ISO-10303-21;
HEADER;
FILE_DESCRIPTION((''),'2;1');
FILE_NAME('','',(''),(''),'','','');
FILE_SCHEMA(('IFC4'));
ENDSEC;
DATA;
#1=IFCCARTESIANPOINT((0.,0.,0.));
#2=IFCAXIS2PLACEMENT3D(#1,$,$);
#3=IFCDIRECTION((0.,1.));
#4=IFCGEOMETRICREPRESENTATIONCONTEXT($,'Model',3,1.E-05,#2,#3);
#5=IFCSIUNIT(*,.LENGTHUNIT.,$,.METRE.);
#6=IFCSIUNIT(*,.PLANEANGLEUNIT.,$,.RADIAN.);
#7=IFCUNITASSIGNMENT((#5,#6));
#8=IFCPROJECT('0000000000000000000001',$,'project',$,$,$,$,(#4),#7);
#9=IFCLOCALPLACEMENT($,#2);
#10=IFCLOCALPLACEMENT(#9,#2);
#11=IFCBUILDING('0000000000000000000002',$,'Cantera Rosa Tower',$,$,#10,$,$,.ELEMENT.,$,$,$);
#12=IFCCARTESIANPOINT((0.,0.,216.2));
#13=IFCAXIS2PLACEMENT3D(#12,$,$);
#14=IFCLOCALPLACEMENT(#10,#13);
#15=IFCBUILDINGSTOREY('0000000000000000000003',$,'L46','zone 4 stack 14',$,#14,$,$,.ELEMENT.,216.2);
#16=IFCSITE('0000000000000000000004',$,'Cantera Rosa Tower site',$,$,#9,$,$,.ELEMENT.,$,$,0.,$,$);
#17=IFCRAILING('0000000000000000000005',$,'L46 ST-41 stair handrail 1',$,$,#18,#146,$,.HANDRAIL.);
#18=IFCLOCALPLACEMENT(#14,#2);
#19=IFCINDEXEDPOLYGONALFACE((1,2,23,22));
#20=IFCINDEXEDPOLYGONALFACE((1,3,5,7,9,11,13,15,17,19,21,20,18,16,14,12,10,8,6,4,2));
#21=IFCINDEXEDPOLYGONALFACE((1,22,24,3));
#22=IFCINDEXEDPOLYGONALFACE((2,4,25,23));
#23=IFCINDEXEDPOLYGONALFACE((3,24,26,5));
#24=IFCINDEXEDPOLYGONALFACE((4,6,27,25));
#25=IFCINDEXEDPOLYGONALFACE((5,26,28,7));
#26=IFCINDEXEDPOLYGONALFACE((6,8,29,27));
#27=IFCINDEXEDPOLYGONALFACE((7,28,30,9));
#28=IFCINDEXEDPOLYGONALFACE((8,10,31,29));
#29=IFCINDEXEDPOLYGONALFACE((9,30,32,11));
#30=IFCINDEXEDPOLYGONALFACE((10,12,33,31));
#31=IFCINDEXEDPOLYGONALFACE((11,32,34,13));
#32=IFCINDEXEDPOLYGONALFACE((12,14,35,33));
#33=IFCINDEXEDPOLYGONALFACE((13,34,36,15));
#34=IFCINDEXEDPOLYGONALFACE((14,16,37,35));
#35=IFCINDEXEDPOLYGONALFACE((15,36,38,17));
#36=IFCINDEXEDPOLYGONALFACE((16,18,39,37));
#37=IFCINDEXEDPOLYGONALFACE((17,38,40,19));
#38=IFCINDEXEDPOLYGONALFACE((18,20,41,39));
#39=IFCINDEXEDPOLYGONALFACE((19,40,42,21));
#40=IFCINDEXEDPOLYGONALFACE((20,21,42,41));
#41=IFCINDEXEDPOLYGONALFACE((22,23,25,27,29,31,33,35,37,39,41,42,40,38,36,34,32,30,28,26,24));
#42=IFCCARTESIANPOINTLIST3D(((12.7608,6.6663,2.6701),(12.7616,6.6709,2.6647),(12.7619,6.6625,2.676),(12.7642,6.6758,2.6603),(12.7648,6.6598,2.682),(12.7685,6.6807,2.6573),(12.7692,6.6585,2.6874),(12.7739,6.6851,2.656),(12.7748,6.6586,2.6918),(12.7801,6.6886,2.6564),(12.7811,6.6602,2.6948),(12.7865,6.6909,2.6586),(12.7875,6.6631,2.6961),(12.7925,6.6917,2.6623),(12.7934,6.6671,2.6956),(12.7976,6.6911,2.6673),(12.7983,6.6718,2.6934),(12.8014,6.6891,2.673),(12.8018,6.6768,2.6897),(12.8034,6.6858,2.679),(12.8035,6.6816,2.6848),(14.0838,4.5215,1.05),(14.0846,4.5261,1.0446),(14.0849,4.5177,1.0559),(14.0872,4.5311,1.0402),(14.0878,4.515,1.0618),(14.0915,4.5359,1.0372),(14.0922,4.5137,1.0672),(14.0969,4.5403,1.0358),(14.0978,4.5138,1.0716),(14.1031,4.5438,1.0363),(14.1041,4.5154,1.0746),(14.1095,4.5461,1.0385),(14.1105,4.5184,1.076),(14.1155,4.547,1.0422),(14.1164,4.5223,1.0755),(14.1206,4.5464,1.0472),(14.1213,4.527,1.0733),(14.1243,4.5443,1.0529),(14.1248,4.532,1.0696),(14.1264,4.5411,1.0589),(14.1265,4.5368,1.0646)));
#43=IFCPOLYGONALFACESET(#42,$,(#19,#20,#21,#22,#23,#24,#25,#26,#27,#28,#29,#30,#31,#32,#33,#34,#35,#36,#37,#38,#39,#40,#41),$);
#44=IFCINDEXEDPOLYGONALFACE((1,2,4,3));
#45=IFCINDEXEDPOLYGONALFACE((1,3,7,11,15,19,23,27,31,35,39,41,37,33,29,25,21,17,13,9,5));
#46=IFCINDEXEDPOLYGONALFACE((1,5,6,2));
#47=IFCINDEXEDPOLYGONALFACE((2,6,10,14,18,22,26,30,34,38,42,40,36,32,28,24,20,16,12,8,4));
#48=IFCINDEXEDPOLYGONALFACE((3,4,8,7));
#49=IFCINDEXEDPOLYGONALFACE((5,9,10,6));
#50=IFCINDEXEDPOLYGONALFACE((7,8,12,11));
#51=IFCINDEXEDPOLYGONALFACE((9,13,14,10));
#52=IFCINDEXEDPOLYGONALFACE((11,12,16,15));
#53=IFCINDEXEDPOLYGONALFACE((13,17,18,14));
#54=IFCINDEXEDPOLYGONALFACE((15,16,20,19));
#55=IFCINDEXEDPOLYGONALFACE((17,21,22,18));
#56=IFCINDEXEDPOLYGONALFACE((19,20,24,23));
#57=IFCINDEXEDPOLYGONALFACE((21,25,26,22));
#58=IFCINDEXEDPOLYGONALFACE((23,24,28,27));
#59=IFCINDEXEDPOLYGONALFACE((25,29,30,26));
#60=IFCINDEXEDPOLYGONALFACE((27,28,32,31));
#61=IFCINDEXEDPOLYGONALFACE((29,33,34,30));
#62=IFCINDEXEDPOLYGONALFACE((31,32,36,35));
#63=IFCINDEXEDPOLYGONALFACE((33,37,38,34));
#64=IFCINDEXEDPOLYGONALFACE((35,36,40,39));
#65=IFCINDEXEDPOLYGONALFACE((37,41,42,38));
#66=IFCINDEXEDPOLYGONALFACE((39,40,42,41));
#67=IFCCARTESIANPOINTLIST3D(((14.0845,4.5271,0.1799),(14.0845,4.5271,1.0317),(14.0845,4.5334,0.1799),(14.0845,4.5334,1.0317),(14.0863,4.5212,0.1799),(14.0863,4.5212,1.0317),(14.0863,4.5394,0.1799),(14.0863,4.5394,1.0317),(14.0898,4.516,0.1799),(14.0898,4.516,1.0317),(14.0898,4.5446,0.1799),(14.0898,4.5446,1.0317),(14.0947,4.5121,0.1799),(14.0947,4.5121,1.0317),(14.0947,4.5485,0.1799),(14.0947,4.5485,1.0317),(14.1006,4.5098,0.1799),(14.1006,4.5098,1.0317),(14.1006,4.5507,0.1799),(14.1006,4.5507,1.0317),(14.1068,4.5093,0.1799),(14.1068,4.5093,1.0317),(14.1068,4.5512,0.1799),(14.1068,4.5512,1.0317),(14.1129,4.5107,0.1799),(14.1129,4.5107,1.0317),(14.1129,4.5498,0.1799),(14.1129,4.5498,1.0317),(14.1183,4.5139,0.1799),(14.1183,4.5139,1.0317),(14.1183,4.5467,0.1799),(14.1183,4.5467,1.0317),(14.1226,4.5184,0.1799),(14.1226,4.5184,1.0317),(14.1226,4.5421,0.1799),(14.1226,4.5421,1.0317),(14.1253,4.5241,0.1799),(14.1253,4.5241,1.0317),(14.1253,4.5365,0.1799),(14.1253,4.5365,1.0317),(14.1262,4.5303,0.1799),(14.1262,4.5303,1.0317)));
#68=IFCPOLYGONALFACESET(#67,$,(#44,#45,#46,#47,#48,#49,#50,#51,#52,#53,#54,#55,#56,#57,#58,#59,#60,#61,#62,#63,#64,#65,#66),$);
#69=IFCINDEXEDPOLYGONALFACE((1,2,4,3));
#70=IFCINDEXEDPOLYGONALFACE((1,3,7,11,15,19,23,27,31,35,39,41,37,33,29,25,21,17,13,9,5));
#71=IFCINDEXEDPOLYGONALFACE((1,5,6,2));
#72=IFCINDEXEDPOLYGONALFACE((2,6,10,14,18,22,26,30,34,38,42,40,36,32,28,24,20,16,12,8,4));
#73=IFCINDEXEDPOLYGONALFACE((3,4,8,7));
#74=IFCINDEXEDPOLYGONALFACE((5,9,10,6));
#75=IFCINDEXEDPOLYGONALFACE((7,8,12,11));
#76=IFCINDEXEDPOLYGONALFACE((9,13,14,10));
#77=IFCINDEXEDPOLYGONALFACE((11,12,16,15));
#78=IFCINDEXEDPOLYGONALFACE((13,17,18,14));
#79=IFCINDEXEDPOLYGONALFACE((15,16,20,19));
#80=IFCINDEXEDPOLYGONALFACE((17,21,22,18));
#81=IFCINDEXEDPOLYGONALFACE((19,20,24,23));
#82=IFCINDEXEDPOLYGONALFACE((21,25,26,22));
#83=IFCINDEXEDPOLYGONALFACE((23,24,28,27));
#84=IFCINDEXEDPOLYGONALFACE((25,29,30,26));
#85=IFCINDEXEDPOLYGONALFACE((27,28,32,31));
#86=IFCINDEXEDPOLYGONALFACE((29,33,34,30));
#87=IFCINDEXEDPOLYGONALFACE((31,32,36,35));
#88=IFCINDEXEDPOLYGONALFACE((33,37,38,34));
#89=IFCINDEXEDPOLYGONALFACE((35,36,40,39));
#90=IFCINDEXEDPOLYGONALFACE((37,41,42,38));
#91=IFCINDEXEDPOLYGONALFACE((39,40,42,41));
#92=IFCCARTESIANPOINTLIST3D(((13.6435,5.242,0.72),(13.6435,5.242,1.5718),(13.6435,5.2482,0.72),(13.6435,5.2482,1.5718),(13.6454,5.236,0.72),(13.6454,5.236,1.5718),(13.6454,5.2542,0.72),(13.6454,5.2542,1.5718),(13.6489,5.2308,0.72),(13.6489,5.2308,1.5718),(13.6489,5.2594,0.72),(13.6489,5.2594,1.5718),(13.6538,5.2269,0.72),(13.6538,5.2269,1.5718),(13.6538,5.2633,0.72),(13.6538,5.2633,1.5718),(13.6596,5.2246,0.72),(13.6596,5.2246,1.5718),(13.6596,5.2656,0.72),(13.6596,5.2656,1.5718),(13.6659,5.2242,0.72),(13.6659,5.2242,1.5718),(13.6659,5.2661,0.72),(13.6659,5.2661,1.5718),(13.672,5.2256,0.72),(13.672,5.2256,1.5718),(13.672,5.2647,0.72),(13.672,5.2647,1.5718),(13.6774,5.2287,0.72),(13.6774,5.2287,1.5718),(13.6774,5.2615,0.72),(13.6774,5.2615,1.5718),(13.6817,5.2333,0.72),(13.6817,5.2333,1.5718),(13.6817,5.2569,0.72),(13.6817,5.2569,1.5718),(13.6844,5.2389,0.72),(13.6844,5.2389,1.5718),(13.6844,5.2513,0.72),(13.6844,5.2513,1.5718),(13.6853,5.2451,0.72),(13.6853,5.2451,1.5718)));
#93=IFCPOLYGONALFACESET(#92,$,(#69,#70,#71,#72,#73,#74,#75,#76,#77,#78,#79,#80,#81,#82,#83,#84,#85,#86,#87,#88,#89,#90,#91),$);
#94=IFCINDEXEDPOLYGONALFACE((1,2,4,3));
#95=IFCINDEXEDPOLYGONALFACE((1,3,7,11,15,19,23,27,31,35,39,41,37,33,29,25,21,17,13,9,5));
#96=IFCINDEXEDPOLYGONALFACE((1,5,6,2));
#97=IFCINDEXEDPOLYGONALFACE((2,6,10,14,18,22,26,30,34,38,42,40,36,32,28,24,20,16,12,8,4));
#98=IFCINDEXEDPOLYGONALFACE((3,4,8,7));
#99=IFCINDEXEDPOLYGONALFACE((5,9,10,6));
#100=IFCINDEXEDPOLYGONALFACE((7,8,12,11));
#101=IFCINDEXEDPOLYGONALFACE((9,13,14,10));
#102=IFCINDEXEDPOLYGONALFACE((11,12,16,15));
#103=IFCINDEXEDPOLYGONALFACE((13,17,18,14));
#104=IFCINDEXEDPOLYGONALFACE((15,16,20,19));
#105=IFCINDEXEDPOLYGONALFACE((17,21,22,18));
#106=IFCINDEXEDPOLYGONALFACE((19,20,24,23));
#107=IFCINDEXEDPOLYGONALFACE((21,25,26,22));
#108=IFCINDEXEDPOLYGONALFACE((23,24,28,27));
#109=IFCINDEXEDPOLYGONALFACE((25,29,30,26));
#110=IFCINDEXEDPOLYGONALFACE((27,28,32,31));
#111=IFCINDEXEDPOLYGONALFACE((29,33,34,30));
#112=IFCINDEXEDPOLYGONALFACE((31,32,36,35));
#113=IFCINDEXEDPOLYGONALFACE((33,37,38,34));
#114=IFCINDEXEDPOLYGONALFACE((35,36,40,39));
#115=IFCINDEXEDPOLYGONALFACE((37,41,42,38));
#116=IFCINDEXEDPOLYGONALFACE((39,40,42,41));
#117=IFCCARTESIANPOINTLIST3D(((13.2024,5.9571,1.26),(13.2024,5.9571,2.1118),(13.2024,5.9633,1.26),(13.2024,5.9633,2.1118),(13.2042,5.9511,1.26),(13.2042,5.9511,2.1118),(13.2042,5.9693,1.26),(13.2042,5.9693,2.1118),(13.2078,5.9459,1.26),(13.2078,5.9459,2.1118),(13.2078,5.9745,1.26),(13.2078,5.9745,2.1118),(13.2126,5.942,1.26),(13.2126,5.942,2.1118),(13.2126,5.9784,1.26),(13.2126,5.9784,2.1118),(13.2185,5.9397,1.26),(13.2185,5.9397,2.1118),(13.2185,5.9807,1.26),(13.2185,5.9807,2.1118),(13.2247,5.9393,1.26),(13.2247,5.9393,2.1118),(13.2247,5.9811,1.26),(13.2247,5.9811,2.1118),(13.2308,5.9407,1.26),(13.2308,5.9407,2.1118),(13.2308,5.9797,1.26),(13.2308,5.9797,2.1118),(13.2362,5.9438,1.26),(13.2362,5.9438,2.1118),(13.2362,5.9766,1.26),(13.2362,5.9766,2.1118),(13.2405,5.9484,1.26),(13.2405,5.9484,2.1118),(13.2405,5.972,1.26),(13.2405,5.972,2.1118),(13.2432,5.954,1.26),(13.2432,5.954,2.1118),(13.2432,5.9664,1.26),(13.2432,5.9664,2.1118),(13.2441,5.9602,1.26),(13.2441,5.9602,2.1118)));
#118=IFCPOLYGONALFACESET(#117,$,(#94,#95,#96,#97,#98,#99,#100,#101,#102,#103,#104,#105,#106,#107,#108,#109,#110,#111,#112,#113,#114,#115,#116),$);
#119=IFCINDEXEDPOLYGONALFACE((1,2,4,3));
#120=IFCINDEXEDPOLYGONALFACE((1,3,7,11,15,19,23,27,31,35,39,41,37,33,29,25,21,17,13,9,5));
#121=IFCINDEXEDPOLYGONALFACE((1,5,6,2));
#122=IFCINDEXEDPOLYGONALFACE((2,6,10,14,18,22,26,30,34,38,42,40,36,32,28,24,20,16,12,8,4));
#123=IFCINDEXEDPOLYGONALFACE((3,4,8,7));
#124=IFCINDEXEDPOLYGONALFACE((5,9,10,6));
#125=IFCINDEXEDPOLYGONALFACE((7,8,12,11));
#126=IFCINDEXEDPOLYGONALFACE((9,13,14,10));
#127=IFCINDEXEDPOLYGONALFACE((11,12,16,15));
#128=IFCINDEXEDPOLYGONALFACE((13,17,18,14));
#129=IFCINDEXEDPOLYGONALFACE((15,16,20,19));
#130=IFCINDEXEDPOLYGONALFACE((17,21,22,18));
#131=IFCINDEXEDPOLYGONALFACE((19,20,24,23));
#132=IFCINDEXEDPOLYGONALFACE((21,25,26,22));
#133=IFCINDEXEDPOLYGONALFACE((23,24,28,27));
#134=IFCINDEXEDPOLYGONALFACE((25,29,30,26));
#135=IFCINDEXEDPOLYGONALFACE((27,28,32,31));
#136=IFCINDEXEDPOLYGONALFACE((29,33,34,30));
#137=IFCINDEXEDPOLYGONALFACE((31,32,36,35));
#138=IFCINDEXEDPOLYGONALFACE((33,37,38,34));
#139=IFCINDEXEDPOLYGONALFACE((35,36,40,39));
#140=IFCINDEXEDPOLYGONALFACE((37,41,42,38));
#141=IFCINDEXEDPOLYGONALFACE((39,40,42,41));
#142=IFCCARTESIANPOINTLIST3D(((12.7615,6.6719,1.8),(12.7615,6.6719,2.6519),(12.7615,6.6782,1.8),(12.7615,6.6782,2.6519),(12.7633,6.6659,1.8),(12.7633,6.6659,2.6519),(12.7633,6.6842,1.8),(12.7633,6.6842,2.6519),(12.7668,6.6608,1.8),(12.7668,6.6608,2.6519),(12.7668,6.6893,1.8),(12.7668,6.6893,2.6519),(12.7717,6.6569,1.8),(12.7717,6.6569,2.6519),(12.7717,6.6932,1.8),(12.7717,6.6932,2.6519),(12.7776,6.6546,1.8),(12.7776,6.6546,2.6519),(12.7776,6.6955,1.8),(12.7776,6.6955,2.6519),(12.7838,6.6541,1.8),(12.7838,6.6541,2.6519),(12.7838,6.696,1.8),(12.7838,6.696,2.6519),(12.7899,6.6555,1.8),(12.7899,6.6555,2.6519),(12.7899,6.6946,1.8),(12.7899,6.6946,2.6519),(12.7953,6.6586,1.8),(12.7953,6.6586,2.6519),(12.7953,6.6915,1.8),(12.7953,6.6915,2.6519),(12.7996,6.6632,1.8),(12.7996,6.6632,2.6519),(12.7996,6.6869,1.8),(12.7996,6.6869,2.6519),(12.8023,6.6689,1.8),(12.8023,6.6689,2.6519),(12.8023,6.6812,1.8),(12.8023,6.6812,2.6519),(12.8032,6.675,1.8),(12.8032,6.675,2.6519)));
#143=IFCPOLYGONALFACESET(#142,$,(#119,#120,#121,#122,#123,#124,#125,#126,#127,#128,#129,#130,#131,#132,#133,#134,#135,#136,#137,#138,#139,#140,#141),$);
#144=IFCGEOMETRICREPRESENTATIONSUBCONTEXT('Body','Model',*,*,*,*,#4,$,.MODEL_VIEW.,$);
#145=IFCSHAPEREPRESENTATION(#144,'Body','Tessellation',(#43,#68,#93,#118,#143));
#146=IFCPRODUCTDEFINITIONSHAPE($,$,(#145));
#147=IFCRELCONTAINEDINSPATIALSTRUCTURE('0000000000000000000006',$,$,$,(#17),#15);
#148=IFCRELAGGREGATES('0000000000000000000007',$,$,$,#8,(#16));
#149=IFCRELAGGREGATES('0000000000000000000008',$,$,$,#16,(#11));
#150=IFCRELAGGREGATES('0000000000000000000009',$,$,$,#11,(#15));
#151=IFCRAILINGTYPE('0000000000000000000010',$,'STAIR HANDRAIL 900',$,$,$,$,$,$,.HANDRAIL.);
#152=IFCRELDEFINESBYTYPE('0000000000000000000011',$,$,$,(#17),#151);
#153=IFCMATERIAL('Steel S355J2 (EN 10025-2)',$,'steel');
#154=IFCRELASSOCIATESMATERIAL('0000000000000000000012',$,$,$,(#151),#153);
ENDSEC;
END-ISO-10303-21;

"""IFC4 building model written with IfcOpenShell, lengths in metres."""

from ifc_helpers import new_model, si_unit, direction, frame, origin, origin_2d, place, context, subcontext, project, spatial, circle, extrude, material, type_object, element, save


model = new_model("IFC4")

# Units and contexts
model_context = context("Model", 3, precision=1e-05, world=origin(), true_north=direction((0.0, 1.0)))
body_context = subcontext(model_context, "Body", "Model", "MODEL_VIEW")
ifc_project = project(units=[si_unit("LENGTHUNIT", "METRE"), si_unit("PLANEANGLEUNIT", "RADIAN")], contexts=[model_context])

# Site, building, storey
site_placement = place(None, origin())
site = spatial("IfcSite", under=ifc_project, at=site_placement, Name="Cantera Rosa Tower site", CompositionType="ELEMENT", RefElevation=0.0)
building_placement = place(site_placement, origin())
building = spatial("IfcBuilding", under=site, at=building_placement, Name="Cantera Rosa Tower", CompositionType="ELEMENT")
storey_placement = place(building_placement, frame((0.0, 0.0, 216.2)))
storey = spatial("IfcBuildingStorey", under=building, at=storey_placement, Name="L46", Description="zone 4 stack 14", CompositionType="ELEMENT", Elevation=216.2)

# Railing
ifc_material_1 = material(Name="Steel S355J2 (EN 10025-2)", Category="steel")
railing_type_1 = type_object("IfcRailingType", Name="STAIR HANDRAIL 900", PredefinedType="HANDRAIL", material=ifc_material_1)
railing_1_placement = place(storey_placement, frame((14.1052, 4.5303, 0.1799)))
element("IfcRailing", 1, at=railing_1_placement, inside=storey, type_object=railing_type_1, Name="L46 ST-41 stair handrail 1", PredefinedType="HANDRAIL", context=body_context, shape_type="SweptSolid", body=[
    extrude(circle(Radius=0.0239, at=origin_2d()), frame((0.0, 0.0, 0.876), z_axis=(-0.441609, 0.715914, 0.540786), x_axis=(-0.851102, -0.525, 0.0)), (0.0, 0.0, 1.0), 2.9958),
    extrude(circle(Radius=0.021, at=origin_2d()), origin(), (0.0, 0.0, 1.0), 0.8518),
    extrude(circle(Radius=0.021, at=origin_2d()), frame((-0.4409, 0.7148, 0.54)), (0.0, 0.0, 1.0), 0.8518),
    extrude(circle(Radius=0.021, at=origin_2d()), frame((-0.8821, 1.4299, 1.0801)), (0.0, 0.0, 1.0), 0.8518),
    extrude(circle(Radius=0.021, at=origin_2d()), frame((-1.323, 2.1448, 1.6201)), (0.0, 0.0, 1.0), 0.8518),
])

save(model, "model.ifc")
